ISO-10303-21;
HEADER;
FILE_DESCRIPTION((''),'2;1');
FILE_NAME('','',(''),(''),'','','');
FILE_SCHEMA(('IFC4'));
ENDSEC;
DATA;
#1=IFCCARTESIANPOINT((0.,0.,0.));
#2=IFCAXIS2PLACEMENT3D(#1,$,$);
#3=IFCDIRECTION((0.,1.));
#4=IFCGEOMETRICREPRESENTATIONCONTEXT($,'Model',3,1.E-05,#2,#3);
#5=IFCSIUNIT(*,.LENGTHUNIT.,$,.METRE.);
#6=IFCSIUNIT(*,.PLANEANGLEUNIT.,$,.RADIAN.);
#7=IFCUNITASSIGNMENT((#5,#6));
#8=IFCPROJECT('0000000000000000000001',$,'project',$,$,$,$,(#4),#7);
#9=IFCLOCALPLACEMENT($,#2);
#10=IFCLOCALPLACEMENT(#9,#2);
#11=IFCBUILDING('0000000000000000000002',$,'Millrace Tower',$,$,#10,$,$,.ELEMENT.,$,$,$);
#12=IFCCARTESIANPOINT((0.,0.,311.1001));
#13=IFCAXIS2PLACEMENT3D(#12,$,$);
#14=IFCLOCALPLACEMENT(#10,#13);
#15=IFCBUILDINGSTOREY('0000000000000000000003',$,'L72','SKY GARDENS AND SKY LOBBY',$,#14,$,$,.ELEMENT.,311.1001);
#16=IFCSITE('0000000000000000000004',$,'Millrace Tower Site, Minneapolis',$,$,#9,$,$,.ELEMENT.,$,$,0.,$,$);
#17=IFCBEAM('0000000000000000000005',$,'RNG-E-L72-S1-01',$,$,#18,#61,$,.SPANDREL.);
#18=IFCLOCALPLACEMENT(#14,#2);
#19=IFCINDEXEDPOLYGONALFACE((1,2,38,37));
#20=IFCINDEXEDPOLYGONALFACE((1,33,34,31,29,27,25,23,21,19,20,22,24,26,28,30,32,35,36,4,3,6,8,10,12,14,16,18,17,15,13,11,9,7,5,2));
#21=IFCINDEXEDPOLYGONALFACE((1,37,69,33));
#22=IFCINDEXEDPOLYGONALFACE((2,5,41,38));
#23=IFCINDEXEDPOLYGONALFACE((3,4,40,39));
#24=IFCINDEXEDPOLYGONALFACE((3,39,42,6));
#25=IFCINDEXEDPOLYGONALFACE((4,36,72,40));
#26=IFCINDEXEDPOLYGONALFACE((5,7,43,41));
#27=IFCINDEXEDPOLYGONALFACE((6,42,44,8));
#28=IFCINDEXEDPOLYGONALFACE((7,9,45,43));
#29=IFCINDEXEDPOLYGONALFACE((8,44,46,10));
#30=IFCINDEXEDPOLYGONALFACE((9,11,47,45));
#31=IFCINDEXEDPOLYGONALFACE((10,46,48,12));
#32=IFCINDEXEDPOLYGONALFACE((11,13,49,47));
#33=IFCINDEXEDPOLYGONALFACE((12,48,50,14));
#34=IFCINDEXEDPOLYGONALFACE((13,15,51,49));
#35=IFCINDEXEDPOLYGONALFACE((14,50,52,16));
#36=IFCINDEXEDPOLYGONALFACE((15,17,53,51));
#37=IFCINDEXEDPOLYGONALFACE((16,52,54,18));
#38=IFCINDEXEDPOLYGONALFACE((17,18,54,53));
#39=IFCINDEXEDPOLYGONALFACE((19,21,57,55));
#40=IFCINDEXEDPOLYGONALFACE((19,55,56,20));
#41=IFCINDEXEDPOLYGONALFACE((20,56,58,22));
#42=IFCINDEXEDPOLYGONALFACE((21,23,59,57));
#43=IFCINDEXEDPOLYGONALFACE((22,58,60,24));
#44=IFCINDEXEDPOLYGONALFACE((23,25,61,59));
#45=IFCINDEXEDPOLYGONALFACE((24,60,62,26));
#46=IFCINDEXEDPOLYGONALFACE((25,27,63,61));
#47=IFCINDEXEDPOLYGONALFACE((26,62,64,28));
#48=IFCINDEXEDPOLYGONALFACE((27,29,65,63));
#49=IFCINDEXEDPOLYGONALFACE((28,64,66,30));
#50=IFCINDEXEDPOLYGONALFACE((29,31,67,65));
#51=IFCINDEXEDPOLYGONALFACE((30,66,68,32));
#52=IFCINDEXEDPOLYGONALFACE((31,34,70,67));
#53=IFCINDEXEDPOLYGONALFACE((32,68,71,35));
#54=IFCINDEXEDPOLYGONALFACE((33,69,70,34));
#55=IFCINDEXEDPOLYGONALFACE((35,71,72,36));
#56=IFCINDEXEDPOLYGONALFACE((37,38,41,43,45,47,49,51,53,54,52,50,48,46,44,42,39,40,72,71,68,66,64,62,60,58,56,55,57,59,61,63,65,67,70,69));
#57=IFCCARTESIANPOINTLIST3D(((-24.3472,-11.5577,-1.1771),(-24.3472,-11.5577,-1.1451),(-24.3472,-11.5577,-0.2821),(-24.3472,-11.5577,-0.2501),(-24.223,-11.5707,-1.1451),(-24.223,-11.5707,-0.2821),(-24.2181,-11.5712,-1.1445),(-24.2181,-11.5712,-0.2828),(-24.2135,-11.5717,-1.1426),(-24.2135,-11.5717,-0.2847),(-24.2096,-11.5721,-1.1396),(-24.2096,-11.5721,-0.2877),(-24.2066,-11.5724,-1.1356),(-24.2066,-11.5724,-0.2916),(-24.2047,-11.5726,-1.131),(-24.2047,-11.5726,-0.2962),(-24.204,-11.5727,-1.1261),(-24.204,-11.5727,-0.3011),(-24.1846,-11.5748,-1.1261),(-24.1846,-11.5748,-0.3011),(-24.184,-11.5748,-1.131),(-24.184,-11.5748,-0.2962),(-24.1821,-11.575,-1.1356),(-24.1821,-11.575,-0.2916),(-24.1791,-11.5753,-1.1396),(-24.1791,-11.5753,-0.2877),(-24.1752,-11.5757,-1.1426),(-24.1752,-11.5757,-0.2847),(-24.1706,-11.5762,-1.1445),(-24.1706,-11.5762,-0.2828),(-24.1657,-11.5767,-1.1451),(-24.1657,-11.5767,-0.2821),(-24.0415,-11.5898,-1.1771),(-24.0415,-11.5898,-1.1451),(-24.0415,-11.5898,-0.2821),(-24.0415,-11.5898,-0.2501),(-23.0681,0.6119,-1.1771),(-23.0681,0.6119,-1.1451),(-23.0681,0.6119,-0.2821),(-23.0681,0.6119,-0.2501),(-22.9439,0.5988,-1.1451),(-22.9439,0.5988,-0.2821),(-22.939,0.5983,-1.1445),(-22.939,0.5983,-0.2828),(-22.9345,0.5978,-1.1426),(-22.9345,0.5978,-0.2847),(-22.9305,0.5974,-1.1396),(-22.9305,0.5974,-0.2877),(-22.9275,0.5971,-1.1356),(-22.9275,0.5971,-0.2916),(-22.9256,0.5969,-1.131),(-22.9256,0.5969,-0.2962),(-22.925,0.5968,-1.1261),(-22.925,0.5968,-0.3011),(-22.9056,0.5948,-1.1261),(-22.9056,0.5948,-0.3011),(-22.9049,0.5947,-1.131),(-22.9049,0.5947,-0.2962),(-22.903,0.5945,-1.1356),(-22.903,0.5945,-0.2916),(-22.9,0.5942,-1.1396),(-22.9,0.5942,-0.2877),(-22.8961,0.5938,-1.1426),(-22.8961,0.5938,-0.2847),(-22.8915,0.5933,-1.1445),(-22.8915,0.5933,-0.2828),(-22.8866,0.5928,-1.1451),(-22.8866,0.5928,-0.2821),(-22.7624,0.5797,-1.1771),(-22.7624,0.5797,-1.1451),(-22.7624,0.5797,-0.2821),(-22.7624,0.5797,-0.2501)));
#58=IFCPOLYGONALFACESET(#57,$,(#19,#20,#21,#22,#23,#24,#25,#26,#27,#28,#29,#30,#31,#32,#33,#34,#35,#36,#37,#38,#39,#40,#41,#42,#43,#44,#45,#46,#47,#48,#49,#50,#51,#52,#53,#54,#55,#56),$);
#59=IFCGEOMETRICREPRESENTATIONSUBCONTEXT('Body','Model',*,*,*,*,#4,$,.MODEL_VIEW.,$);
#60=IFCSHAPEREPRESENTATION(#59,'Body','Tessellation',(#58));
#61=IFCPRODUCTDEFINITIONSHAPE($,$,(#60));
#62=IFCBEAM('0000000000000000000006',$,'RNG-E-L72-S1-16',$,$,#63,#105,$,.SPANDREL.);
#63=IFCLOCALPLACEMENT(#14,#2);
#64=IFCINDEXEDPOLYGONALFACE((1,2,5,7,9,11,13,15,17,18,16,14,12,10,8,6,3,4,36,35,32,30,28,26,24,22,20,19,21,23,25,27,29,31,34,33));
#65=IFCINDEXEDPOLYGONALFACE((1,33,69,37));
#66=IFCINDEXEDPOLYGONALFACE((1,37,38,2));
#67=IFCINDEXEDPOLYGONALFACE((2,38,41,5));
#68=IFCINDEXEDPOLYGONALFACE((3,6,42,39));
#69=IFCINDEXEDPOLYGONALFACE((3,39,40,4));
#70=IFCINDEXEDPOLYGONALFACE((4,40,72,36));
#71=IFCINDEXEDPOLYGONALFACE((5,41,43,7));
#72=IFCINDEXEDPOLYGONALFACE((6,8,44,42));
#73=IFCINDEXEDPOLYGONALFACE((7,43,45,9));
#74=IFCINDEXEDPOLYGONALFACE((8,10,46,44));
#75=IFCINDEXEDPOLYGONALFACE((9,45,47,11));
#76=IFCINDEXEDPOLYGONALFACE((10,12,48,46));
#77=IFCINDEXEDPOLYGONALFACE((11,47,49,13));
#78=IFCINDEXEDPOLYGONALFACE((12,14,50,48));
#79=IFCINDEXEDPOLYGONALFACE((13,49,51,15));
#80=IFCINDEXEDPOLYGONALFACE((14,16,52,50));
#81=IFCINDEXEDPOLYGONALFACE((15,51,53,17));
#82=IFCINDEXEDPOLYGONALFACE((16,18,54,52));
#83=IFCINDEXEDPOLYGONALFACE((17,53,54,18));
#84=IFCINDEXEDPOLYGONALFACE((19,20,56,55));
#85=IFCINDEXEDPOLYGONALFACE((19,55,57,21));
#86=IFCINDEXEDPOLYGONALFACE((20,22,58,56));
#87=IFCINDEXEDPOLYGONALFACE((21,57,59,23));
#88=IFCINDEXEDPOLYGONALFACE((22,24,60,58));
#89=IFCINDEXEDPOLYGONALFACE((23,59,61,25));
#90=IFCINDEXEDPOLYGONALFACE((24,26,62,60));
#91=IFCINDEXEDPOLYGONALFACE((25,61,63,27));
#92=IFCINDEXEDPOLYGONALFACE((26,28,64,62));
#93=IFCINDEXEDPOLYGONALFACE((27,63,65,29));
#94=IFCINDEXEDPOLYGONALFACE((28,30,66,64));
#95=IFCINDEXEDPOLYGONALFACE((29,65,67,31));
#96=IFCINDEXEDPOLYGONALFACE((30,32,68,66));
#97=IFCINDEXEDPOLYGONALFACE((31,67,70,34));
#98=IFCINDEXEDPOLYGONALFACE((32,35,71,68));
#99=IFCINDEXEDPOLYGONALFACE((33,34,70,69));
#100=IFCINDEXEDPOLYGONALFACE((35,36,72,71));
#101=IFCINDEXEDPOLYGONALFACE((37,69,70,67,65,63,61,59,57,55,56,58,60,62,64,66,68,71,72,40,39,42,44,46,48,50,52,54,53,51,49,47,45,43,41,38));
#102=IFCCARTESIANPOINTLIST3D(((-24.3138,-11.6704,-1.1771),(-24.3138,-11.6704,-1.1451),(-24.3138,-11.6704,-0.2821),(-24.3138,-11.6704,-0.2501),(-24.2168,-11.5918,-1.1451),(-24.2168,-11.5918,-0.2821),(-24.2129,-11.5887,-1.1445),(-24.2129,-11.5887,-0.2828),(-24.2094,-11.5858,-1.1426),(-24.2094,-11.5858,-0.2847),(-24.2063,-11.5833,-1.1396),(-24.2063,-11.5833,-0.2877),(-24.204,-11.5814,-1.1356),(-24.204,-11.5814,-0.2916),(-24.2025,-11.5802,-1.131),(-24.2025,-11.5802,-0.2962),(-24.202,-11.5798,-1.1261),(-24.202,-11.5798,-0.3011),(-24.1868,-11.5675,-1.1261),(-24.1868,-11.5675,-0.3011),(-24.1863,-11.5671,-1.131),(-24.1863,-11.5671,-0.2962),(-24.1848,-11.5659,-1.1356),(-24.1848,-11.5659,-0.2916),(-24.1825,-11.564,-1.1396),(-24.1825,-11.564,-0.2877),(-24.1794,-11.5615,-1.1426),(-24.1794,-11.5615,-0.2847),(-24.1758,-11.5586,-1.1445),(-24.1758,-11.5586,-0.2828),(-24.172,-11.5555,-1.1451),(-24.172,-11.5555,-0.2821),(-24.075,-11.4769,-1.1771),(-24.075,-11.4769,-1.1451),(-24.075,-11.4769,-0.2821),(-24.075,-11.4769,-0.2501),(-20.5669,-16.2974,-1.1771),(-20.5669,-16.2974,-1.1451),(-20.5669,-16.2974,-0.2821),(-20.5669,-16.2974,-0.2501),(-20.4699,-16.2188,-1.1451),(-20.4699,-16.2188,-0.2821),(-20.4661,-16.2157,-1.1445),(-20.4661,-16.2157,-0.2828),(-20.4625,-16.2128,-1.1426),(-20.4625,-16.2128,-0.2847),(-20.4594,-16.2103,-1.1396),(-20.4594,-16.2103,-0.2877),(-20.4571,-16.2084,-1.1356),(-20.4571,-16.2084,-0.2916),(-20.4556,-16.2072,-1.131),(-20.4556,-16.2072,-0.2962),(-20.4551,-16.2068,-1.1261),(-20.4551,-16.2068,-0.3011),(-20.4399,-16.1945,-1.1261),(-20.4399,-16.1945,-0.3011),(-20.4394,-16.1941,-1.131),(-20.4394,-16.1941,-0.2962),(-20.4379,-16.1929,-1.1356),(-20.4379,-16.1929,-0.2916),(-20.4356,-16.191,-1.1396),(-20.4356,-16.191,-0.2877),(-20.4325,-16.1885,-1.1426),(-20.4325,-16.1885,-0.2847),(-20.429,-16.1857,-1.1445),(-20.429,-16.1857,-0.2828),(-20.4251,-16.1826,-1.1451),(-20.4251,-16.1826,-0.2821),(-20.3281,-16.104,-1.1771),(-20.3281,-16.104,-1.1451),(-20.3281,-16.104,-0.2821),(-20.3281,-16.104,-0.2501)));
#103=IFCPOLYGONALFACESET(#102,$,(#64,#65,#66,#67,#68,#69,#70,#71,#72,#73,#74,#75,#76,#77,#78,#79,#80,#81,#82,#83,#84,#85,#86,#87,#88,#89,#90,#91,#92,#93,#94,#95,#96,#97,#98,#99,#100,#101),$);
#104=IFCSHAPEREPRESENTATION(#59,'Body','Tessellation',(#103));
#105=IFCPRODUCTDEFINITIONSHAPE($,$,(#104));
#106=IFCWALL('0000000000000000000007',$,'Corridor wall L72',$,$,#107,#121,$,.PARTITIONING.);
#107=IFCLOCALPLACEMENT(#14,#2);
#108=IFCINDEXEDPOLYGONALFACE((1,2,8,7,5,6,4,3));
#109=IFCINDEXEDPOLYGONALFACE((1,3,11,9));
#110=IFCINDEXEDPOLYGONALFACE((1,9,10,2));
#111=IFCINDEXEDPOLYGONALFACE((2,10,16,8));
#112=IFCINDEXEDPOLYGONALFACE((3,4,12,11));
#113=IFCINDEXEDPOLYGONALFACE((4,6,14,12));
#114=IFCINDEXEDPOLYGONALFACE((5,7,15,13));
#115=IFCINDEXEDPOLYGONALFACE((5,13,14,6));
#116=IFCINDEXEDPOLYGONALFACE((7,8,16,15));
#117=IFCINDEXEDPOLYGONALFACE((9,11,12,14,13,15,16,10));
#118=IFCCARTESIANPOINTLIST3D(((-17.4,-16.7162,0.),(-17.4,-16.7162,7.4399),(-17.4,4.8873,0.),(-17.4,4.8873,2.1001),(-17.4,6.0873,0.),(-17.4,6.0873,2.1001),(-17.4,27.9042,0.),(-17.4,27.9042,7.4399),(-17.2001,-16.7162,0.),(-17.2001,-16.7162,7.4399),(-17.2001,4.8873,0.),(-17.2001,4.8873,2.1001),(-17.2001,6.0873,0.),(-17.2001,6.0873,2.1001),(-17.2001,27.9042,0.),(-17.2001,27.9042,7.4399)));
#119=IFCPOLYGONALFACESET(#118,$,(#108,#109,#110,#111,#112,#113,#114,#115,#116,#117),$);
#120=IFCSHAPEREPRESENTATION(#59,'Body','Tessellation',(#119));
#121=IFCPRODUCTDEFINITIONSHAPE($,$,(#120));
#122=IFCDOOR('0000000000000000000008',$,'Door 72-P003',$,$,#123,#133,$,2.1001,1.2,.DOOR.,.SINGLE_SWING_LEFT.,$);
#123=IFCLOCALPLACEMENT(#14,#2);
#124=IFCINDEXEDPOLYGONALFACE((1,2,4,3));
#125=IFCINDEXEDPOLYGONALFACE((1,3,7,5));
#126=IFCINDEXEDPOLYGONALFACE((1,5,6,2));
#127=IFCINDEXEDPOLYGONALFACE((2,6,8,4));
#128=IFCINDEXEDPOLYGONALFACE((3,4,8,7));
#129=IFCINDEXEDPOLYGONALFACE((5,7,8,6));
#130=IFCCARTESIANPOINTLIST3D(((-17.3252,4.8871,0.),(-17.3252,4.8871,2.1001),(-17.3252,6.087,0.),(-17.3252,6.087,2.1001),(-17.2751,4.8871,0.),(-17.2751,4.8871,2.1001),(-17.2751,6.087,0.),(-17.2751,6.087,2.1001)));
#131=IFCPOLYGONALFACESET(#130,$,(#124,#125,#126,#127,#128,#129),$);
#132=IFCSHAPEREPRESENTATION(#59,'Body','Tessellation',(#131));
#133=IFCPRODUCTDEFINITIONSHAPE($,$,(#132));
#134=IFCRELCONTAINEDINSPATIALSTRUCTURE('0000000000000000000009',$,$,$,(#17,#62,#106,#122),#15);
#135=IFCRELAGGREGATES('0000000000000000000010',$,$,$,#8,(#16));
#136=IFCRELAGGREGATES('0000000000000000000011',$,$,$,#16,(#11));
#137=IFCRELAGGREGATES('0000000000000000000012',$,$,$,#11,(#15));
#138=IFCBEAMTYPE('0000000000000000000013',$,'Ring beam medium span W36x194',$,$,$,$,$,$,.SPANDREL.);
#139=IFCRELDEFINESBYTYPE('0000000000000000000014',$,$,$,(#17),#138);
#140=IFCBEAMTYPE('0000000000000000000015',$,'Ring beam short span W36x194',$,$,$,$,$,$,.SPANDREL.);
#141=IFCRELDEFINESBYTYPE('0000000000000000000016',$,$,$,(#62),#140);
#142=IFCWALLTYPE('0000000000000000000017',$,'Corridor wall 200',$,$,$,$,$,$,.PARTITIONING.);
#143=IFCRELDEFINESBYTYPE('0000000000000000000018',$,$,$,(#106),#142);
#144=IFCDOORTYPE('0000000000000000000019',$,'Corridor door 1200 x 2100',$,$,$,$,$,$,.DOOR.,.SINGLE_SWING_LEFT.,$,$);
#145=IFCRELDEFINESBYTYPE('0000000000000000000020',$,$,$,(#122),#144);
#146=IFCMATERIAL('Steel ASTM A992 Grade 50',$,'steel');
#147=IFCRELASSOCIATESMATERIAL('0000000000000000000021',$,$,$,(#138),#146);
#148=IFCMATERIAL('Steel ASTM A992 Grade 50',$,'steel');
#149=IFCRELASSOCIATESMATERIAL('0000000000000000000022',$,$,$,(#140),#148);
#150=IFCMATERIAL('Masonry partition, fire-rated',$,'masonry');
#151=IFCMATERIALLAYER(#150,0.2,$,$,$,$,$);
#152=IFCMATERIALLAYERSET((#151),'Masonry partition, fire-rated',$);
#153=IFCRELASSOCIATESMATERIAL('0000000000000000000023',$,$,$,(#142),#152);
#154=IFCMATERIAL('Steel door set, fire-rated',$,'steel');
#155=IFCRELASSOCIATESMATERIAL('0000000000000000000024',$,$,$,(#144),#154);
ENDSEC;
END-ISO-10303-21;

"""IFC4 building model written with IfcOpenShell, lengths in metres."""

from ifc_helpers import new_model, si_unit, direction, frame, frame_2d, origin, origin_2d, place, context, subcontext, project, spatial, rectangle, i_section, extrude, material, layer, layer_set, material_profile, profile_set, type_object, element, fill, save


model = new_model("IFC4")

# Units and contexts
model_context = context("Model", 3, precision=1e-05, world=origin(), true_north=direction((0.0, 1.0)))
body_context = subcontext(model_context, "Body", "Model", "MODEL_VIEW")
ifc_project = project(units=[si_unit("LENGTHUNIT", "METRE"), si_unit("PLANEANGLEUNIT", "RADIAN")], contexts=[model_context])

# Site, building, storey
site_placement = place(None, origin())
site = spatial("IfcSite", under=ifc_project, at=site_placement, Name="Millrace Tower Site, Minneapolis", CompositionType="ELEMENT", RefElevation=0.0)
building_placement = place(site_placement, origin())
building = spatial("IfcBuilding", under=site, at=building_placement, Name="Millrace Tower", CompositionType="ELEMENT")
storey_placement = place(building_placement, frame((0.0, 0.0, 311.1001)))
storey = spatial("IfcBuildingStorey", under=building, at=storey_placement, Name="L72", Description="SKY GARDENS AND SKY LOBBY", CompositionType="ELEMENT", Elevation=311.1001)

# Beams
ifc_material_1 = material(Name="Steel ASTM A992 Grade 50", Category="steel")
ifc_material_profile_1 = material_profile(ifc_material_1, i_section(OverallWidth=0.3074, OverallDepth=0.927, WebThickness=0.0195, FlangeThickness=0.032, FilletRadius=0.019, at=origin_2d()))
ifc_profile_set_1 = profile_set([ifc_material_profile_1], Name="Steel ASTM A992 Grade 50")
beam_type_1 = type_object("IfcBeamType", Name="Ring beam medium span W36x194", PredefinedType="SPANDREL", material=ifc_profile_set_1)
beam_1_placement = place(storey_placement, frame((-24.1943, -11.5737, -0.7136), z_axis=(0.104528, 0.994522, 0.0), x_axis=(-0.994522, 0.104528, 0.0)))
element("IfcBeam", 1, at=beam_1_placement, inside=storey, type_object=beam_type_1, Name="RNG-E-L72-S1-01", PredefinedType="SPANDREL", context=body_context, shape_type="SweptSolid", body=[
    extrude(i_section(OverallWidth=0.3074, OverallDepth=0.927, WebThickness=0.0195, FlangeThickness=0.032, FilletRadius=0.019, at=origin_2d()), origin(), (0.0, 0.0, 1.0), 12.2366),
])
ifc_material_2 = material(Name="Steel ASTM A992 Grade 50", Category="steel")
ifc_material_profile_2 = material_profile(ifc_material_2, i_section(OverallWidth=0.3074, OverallDepth=0.927, WebThickness=0.0195, FlangeThickness=0.032, FilletRadius=0.019, at=origin_2d()))
ifc_profile_set_2 = profile_set([ifc_material_profile_2], Name="Steel ASTM A992 Grade 50")
beam_type_2 = type_object("IfcBeamType", Name="Ring beam short span W36x194", PredefinedType="SPANDREL", material=ifc_profile_set_2)
beam_2_placement = place(storey_placement, frame((-20.4475, -16.2007, -0.7136), z_axis=(-0.62932, 0.777147, 0.0), x_axis=(-0.777147, -0.62932, 0.0)))
element("IfcBeam", 2, at=beam_2_placement, inside=storey, type_object=beam_type_2, Name="RNG-E-L72-S1-16", PredefinedType="SPANDREL", context=body_context, shape_type="SweptSolid", body=[
    extrude(i_section(OverallWidth=0.3074, OverallDepth=0.927, WebThickness=0.0195, FlangeThickness=0.032, FilletRadius=0.019, at=origin_2d()), origin(), (0.0, 0.0, 1.0), 5.9539),
])

# Wall, opening, door
ifc_material_3 = material(Name="Masonry partition, fire-rated", Category="masonry")
ifc_layer_1 = layer(ifc_material_3, 0.2)
ifc_layer_set_1 = layer_set([ifc_layer_1], Name="Masonry partition, fire-rated")
wall_type = type_object("IfcWallType", Name="Corridor wall 200", PredefinedType="PARTITIONING", material=ifc_layer_set_1)
wall_placement = place(storey_placement, frame((-17.3, -16.7161, 0.0), z_axis=(0.0, 0.0, 1.0), x_axis=(0.0, 1.0, 0.0)))
wall = element("IfcWall", 3, at=wall_placement, inside=storey, type_object=wall_type, Name="Corridor wall L72", PredefinedType="PARTITIONING", context=body_context, shape_type="SweptSolid", body=[
    extrude(rectangle(XDim=44.6204, YDim=0.2, at=frame_2d((22.3101, 0.0))), origin(), (0.0, 0.0, 1.0), 7.4399),
])
opening_placement = place(wall_placement, frame((21.6033, 0.0, 0.0)))
opening = element("IfcOpeningElement", 4, at=opening_placement, cuts=wall, PredefinedType="OPENING", context=body_context, shape_type="SweptSolid", body=[
    extrude(rectangle(XDim=1.2, YDim=2.1001, at=frame_2d((0.6001, 1.05))), frame((0.0, 0.1099, 0.0), z_axis=(0.0, -1.0, 0.0), x_axis=(1.0, 0.0, 0.0)), (0.0, 0.0, 1.0), 0.22),
])
ifc_material_4 = material(Name="Steel door set, fire-rated", Category="steel")
door_type = type_object("IfcDoorType", Name="Corridor door 1200 x 2100", OperationType="SINGLE_SWING_LEFT", PredefinedType="DOOR", material=ifc_material_4)
door_placement = place(opening_placement, frame((1.2, 0.0, 0.0), z_axis=(0.0, 0.0, 1.0), x_axis=(-1.0, 0.0, 0.0)))
door = element("IfcDoor", 5, at=door_placement, inside=storey, type_object=door_type, Name="Door 72-P003", OperationType="SINGLE_SWING_LEFT", OverallHeight=2.1001, OverallWidth=1.2, PredefinedType="DOOR", context=body_context, shape_type="SweptSolid", body=[
    extrude(rectangle(XDim=1.2, YDim=2.1001, at=frame_2d((0.6001, 1.05))), frame((0.0, 0.0249, 0.0), z_axis=(0.0, -1.0, 0.0), x_axis=(1.0, 0.0, 0.0)), (0.0, 0.0, 1.0), 0.05),
])
fill(opening, door)

save(model, "model.ifc")
